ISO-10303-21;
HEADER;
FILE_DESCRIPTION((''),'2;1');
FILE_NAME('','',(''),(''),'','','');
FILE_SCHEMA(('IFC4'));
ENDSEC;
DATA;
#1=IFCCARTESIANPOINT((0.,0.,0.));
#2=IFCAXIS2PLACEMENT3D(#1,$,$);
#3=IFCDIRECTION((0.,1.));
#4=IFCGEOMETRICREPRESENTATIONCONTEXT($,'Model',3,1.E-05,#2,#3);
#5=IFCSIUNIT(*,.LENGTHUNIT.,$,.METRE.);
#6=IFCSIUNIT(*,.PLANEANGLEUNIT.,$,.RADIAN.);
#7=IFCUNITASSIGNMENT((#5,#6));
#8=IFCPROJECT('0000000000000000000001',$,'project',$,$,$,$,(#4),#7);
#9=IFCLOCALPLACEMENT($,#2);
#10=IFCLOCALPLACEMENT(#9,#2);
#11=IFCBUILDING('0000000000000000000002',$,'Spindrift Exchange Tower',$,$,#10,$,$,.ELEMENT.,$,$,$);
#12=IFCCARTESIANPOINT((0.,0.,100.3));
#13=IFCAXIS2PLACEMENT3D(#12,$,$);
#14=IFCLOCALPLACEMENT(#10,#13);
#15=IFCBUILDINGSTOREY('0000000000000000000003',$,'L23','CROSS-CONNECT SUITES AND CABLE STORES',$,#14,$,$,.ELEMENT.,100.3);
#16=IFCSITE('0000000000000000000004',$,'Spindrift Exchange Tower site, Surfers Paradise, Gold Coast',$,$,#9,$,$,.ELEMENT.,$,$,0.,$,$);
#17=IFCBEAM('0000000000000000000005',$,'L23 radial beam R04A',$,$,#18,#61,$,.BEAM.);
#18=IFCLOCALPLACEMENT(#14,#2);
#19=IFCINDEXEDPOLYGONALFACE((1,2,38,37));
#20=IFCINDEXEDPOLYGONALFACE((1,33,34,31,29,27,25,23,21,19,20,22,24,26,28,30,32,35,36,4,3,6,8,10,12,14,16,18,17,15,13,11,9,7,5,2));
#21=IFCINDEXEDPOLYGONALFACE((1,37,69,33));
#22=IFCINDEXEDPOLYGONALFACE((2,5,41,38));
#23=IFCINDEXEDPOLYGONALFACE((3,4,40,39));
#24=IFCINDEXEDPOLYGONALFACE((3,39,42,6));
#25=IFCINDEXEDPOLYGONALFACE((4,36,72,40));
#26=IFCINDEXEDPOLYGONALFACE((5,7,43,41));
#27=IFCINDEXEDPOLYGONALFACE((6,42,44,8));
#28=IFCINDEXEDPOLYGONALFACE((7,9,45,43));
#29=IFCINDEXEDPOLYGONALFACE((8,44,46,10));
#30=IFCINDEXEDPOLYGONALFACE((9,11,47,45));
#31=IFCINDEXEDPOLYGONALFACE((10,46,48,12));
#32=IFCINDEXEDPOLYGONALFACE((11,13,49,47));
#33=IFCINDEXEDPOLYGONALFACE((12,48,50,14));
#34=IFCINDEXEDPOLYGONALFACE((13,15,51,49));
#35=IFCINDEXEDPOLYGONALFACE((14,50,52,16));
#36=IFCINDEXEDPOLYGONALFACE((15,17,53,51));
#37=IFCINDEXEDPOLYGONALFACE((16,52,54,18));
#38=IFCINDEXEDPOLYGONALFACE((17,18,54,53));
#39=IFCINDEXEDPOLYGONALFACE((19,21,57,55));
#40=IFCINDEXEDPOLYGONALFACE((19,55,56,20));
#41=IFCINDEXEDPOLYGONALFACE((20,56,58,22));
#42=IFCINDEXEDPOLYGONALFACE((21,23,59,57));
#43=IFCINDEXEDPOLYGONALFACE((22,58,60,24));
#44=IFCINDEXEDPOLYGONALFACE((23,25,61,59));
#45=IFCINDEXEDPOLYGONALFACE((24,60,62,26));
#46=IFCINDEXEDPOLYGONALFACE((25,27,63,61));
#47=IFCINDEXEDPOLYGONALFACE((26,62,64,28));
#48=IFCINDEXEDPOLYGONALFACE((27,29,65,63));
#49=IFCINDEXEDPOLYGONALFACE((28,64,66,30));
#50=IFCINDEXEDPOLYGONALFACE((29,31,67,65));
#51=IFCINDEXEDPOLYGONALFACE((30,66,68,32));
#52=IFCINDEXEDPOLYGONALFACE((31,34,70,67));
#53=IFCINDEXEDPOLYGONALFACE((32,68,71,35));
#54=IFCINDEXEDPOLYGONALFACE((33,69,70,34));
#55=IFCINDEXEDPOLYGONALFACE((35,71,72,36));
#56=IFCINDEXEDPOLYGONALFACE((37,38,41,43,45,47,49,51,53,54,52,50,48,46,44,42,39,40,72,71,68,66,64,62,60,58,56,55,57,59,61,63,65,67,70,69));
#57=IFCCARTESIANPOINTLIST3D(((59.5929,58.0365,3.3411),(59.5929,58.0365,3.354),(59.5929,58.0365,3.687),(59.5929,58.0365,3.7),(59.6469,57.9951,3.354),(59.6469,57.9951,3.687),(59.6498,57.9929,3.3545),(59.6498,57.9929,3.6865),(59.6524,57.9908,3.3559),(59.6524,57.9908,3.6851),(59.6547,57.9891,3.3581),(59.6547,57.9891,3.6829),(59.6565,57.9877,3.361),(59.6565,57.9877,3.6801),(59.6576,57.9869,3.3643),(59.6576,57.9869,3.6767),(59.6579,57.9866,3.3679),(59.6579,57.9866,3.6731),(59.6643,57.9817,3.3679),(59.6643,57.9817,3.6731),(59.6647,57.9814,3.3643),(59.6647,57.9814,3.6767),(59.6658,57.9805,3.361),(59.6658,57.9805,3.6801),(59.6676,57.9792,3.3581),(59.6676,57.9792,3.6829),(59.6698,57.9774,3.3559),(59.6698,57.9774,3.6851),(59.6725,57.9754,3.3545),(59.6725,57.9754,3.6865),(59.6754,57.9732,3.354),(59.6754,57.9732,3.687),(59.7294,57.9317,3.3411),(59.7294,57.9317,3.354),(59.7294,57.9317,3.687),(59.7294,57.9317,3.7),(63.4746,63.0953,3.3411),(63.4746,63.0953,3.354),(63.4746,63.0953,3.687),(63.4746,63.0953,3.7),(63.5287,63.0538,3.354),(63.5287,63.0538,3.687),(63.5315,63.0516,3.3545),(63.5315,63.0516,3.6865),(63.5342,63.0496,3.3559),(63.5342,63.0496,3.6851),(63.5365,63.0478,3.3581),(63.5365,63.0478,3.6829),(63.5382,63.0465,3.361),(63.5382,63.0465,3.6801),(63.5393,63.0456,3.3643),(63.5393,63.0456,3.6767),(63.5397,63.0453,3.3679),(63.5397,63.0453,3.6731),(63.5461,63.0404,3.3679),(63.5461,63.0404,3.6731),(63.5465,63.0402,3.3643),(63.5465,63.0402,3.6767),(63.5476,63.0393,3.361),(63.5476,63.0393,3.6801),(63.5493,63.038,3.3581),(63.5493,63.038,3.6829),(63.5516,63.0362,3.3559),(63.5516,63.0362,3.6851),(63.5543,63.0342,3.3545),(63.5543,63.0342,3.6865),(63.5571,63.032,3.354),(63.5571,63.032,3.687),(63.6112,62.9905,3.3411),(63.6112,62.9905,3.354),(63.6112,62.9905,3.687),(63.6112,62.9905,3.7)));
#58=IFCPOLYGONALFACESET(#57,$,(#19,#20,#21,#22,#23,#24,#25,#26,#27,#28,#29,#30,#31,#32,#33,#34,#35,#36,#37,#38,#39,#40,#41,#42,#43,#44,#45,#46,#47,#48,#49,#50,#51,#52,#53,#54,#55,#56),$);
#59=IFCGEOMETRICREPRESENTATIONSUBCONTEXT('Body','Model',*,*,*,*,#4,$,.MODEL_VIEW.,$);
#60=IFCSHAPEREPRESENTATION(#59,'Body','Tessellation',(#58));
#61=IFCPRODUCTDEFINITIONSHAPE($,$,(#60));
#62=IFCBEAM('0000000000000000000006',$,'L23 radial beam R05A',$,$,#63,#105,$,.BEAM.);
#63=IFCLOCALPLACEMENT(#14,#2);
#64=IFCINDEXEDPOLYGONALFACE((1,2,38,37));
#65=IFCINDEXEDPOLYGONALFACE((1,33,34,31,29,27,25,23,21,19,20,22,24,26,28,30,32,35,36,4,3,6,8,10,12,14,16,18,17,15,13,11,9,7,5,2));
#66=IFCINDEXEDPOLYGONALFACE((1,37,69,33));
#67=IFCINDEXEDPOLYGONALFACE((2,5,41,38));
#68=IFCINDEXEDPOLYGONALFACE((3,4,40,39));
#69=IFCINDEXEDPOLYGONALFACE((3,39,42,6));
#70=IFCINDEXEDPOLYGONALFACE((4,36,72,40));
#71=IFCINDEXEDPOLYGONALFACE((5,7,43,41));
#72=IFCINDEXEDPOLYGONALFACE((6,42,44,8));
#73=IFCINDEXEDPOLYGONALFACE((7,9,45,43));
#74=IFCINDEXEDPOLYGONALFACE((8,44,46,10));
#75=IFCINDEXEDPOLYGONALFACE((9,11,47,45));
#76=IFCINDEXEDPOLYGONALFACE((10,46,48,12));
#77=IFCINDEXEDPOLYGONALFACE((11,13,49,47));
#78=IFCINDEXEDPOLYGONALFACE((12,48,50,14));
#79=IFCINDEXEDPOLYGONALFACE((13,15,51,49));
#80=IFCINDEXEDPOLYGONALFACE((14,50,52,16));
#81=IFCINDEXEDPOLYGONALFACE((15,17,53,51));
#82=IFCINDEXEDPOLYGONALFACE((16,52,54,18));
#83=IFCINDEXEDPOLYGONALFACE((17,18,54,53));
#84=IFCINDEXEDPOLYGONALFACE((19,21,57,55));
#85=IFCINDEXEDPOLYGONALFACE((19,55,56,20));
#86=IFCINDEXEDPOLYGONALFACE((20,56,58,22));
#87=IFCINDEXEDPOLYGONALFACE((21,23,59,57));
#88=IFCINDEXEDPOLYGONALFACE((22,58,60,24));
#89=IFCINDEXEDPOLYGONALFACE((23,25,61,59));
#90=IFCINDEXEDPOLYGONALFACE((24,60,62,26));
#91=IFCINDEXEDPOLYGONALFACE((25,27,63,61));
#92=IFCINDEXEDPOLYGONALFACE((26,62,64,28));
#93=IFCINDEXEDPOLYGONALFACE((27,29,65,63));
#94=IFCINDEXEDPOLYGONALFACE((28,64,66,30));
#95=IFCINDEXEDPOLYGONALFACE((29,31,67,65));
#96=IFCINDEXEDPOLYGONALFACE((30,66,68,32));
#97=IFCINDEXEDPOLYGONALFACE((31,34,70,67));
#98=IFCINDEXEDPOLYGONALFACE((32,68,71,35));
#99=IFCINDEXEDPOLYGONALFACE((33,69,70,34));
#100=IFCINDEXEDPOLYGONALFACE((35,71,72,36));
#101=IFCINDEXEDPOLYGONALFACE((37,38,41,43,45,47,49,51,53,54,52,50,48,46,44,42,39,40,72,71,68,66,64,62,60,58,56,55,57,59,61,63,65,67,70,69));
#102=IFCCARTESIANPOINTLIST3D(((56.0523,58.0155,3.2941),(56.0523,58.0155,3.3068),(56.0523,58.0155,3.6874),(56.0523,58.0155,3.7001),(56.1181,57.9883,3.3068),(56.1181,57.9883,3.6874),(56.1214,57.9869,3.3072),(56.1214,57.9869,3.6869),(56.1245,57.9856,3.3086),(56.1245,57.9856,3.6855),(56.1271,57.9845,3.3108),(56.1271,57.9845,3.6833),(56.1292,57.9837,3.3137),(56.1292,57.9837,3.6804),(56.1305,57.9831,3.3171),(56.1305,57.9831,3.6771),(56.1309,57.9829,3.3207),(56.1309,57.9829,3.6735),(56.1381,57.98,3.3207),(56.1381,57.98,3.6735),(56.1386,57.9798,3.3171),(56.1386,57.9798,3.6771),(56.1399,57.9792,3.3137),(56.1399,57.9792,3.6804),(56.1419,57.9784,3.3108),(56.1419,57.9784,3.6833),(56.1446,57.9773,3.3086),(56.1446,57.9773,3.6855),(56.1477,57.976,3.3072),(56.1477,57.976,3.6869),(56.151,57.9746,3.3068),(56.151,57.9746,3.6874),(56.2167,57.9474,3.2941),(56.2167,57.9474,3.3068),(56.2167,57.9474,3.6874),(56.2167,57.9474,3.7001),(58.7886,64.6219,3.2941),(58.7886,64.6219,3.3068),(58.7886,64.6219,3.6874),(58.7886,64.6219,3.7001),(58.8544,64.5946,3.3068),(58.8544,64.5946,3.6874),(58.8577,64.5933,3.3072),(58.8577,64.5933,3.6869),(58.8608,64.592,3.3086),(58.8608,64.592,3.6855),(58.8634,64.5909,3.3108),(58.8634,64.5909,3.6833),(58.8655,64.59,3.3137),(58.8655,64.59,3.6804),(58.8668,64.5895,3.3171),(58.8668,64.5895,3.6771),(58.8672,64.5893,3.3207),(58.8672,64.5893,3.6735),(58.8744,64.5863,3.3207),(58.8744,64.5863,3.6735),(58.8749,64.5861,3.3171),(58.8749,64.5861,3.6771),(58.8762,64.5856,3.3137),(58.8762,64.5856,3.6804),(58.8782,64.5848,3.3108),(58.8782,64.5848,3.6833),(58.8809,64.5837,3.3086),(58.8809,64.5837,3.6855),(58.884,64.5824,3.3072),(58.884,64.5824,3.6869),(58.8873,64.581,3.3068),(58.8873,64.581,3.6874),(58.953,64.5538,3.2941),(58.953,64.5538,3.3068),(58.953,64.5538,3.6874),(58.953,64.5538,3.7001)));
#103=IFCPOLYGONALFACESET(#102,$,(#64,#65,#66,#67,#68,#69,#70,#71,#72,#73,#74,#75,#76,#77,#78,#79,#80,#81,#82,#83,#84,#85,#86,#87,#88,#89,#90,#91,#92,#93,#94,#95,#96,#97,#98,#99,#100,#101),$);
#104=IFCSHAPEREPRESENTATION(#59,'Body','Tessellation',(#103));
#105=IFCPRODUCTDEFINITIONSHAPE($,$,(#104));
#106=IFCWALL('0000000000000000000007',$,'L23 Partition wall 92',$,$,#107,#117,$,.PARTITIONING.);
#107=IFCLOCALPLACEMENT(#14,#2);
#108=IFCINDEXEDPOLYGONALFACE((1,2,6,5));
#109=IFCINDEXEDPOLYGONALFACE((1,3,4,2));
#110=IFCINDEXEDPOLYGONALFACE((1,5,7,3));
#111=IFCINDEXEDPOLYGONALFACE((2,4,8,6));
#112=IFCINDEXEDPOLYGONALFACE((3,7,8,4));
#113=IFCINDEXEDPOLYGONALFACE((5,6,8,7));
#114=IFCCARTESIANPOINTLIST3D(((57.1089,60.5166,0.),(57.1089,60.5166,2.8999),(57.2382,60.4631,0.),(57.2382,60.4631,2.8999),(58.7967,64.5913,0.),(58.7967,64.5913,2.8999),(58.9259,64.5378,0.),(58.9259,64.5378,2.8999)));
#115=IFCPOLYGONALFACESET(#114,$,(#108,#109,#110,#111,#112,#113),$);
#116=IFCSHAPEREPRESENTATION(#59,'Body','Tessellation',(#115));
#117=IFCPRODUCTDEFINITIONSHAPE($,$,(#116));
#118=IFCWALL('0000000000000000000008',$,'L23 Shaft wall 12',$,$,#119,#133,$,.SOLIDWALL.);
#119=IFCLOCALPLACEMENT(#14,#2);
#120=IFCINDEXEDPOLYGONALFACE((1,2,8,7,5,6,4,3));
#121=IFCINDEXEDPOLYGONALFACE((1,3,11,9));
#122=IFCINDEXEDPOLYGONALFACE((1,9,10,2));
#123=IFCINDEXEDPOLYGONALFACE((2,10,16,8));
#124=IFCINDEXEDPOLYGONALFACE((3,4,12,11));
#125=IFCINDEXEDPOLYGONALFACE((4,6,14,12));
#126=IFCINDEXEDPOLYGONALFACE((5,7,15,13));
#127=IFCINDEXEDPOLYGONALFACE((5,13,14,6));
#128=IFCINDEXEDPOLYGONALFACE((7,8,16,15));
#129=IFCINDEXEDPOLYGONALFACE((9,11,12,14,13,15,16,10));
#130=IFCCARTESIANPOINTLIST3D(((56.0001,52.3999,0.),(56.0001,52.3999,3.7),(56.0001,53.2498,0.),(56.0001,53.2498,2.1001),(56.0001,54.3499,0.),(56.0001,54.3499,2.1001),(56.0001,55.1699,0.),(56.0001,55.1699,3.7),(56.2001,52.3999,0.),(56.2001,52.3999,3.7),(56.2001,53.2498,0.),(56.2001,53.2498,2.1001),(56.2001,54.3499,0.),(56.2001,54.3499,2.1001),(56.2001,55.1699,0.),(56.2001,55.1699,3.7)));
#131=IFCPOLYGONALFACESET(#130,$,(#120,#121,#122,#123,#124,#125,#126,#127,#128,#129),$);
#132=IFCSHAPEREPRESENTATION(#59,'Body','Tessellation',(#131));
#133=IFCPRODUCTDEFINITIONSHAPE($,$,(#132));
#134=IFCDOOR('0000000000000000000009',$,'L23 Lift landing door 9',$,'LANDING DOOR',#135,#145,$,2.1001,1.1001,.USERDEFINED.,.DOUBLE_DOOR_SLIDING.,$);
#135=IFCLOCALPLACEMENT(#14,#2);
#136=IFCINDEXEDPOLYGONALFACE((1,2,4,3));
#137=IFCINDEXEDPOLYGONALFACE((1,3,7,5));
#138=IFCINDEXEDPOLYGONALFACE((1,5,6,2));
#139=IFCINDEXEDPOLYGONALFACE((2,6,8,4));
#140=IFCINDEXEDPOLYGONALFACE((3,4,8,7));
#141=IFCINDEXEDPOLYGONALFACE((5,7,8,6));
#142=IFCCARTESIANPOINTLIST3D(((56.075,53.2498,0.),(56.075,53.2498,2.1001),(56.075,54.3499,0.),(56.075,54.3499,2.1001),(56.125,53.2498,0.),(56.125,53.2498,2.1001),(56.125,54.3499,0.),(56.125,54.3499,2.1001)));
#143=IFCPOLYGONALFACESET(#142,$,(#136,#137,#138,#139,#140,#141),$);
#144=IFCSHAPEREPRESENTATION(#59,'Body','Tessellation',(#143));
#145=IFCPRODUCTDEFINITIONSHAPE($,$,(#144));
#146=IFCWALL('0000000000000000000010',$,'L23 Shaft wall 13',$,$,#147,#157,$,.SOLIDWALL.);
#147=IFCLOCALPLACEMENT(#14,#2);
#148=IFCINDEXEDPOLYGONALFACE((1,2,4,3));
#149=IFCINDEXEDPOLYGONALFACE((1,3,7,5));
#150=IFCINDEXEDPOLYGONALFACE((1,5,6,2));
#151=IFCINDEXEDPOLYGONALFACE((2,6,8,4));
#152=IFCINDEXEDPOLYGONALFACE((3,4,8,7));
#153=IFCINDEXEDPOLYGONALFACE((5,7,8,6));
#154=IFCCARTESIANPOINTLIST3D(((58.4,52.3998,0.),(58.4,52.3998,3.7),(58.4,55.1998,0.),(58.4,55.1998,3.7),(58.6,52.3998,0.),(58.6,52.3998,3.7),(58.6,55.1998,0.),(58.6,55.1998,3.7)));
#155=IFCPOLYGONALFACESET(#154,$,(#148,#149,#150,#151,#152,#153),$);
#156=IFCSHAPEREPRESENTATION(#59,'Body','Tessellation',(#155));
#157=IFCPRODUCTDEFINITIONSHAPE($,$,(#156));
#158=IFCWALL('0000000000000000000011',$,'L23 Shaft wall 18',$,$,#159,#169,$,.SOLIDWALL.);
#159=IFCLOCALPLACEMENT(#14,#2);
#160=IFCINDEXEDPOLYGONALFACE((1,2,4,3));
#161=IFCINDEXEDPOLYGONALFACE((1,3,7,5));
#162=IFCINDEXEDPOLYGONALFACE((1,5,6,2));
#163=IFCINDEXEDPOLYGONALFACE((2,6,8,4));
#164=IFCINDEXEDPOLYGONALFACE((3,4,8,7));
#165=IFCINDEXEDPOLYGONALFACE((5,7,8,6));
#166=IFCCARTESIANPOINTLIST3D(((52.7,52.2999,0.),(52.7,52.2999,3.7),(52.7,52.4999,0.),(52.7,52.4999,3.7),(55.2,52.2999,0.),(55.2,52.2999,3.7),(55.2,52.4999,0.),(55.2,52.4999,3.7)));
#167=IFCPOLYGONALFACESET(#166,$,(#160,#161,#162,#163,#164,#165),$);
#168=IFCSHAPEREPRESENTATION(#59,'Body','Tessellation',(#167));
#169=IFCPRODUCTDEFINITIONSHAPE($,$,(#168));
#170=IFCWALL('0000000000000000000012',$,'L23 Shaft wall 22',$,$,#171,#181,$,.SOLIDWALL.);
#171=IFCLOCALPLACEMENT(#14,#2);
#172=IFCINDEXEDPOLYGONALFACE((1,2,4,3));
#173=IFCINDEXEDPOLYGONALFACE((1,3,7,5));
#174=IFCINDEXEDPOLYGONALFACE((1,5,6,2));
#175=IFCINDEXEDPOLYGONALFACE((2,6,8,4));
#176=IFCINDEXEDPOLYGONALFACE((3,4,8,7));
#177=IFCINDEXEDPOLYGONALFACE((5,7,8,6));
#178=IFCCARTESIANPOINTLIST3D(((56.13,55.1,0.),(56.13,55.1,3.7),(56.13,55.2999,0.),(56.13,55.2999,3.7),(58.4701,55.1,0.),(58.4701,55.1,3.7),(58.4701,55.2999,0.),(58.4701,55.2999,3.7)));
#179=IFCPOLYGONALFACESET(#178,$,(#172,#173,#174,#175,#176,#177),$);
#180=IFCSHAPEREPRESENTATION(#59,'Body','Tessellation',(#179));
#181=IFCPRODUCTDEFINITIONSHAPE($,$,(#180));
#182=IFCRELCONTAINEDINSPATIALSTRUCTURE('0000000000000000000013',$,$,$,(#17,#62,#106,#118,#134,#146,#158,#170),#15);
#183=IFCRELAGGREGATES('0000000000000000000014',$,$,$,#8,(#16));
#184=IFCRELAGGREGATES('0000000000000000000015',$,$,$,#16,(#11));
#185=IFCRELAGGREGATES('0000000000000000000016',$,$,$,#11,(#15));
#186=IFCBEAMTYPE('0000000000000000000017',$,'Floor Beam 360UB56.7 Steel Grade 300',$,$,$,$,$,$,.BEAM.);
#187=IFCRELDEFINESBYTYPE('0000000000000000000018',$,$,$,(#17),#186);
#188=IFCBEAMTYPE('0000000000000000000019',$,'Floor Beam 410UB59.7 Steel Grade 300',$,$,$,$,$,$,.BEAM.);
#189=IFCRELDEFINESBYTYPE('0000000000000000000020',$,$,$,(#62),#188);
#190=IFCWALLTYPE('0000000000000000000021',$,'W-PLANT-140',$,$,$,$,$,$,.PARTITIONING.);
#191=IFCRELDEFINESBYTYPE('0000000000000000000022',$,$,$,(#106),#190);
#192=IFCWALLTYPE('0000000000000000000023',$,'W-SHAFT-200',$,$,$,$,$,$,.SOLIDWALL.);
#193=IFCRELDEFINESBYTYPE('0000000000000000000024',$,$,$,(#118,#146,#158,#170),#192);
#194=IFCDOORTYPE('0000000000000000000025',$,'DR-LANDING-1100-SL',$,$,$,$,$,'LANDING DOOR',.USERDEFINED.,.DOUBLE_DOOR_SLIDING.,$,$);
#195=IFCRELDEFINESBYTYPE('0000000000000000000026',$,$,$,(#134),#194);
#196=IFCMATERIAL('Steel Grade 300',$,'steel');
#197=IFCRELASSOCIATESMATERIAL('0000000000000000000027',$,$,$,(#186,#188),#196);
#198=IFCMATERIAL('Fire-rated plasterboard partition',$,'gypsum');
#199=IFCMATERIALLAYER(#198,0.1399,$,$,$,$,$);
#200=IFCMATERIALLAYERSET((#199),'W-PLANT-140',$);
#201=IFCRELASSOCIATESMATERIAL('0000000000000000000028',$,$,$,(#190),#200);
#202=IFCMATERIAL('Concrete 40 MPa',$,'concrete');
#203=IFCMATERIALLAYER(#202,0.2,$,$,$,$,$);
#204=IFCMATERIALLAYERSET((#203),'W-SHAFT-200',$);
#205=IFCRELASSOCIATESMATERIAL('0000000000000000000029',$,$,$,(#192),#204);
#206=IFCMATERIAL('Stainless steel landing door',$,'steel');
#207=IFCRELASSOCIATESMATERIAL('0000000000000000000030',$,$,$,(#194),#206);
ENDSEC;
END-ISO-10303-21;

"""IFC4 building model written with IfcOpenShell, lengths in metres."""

from ifc_helpers import new_model, si_unit, direction, frame, frame_2d, origin, origin_2d, place, context, subcontext, project, spatial, rectangle, i_section, extrude, source, transform, mapped, material, layer, layer_set, material_profile, profile_set, type_object, element, fill, save


model = new_model("IFC4")

# Units and contexts
model_context = context("Model", 3, precision=1e-05, world=origin(), true_north=direction((0.0, 1.0)))
body_context = subcontext(model_context, "Body", "Model", "MODEL_VIEW")
ifc_project = project(units=[si_unit("LENGTHUNIT", "METRE"), si_unit("PLANEANGLEUNIT", "RADIAN")], contexts=[model_context])

# Site, building, storey
site_placement = place(None, origin())
site = spatial("IfcSite", under=ifc_project, at=site_placement, Name="Spindrift Exchange Tower site, Surfers Paradise, Gold Coast", CompositionType="ELEMENT", RefElevation=0.0)
building_placement = place(site_placement, origin())
building = spatial("IfcBuilding", under=site, at=building_placement, Name="Spindrift Exchange Tower", CompositionType="ELEMENT")
storey_placement = place(building_placement, frame((0.0, 0.0, 100.3)))
storey = spatial("IfcBuildingStorey", under=building, at=storey_placement, Name="L23", Description="CROSS-CONNECT SUITES AND CABLE STORES", CompositionType="ELEMENT", Elevation=100.3)

# Beams
ifc_material_1 = material(Name="Steel Grade 300", Category="steel")
ifc_material_profile_1 = material_profile(ifc_material_1, i_section(OverallWidth=0.1721, OverallDepth=0.3589, WebThickness=0.0081, FlangeThickness=0.0129, FilletRadius=0.0139, at=origin_2d()), Name="360UB56.7")
ifc_profile_set_1 = profile_set([ifc_material_profile_1], Name="Steel Grade 300")
beam_type_1 = type_object("IfcBeamType", Name="Floor Beam 360UB56.7 Steel Grade 300", PredefinedType="BEAM", material=ifc_profile_set_1)
shared_shape_1 = source(origin(), body_context, "Body", "SweptSolid", [
    extrude(i_section(OverallWidth=0.1721, OverallDepth=0.3589, WebThickness=0.0081, FlangeThickness=0.0129, FilletRadius=0.0139, at=origin_2d()), origin(), (0.0, 0.0, 1.0), 6.3765),
])
beam_1_placement = place(storey_placement, frame((59.6611, 57.9841, 3.5205), z_axis=(0.608767, 0.793349, 0.0), x_axis=(-0.793349, 0.608767, 0.0)))
element("IfcBeam", 1, at=beam_1_placement, inside=storey, type_object=beam_type_1, Name="L23 radial beam R04A", PredefinedType="BEAM", context=body_context, shape_type="MappedRepresentation", body=[
    mapped(shared_shape_1, transform((0.0, 0.0, 0.0), scale=1.0)),
])
ifc_material_profile_2 = material_profile(ifc_material_1, i_section(OverallWidth=0.178, OverallDepth=0.406, WebThickness=0.0078, FlangeThickness=0.0127, FilletRadius=0.0139, at=origin_2d()), Name="410UB59.7")
ifc_profile_set_2 = profile_set([ifc_material_profile_2], Name="Steel Grade 300")
beam_type_2 = type_object("IfcBeamType", Name="Floor Beam 410UB59.7 Steel Grade 300", PredefinedType="BEAM", material=ifc_profile_set_2)
shared_shape_2 = source(origin(), body_context, "Body", "SweptSolid", [
    extrude(i_section(OverallWidth=0.178, OverallDepth=0.406, WebThickness=0.0078, FlangeThickness=0.0127, FilletRadius=0.0139, at=origin_2d()), origin(), (0.0, 0.0, 1.0), 7.1506),
])
beam_2_placement = place(storey_placement, frame((56.1345, 57.9814, 3.4971), z_axis=(0.382665, 0.923887, 0.0), x_axis=(-0.923887, 0.382665, 0.0)))
element("IfcBeam", 2, at=beam_2_placement, inside=storey, type_object=beam_type_2, Name="L23 radial beam R05A", PredefinedType="BEAM", context=body_context, shape_type="MappedRepresentation", body=[
    mapped(shared_shape_2, transform((0.0, 0.0, 0.0), scale=1.0)),
])

# Wall
ifc_material_2 = material(Name="Fire-rated plasterboard partition", Category="gypsum")
ifc_layer_1 = layer(ifc_material_2, 0.1399)
ifc_layer_set_1 = layer_set([ifc_layer_1], Name="W-PLANT-140")
wall_type_1 = type_object("IfcWallType", Name="W-PLANT-140", PredefinedType="PARTITIONING", material=ifc_layer_set_1)
wall_1_placement = place(storey_placement, frame((57.1736, 60.49, 0.0), z_axis=(0.0, 0.0, 1.0), x_axis=(0.382673, 0.923884, 0.0)))
element("IfcWall", 3, at=wall_1_placement, inside=storey, type_object=wall_type_1, Name="L23 Partition wall 92", PredefinedType="PARTITIONING", context=body_context, shape_type="SweptSolid", body=[
    extrude(rectangle(XDim=4.4104, YDim=0.1399, at=frame_2d((2.2051, 0.0))), origin(), (0.0, 0.0, 1.0), 2.8999),
])

# Wall, opening, door
ifc_material_3 = material(Name="Concrete 40 MPa", Category="concrete")
ifc_layer_2 = layer(ifc_material_3, 0.2)
ifc_layer_set_2 = layer_set([ifc_layer_2], Name="W-SHAFT-200")
wall_type_2 = type_object("IfcWallType", Name="W-SHAFT-200", PredefinedType="SOLIDWALL", material=ifc_layer_set_2)
wall_2_placement = place(storey_placement, frame((56.1001, 55.1699, 0.0), z_axis=(0.0, 0.0, 1.0), x_axis=(0.0, -1.0, 0.0)))
wall_2 = element("IfcWall", 4, at=wall_2_placement, inside=storey, type_object=wall_type_2, Name="L23 Shaft wall 12", PredefinedType="SOLIDWALL", context=body_context, shape_type="SweptSolid", body=[
    extrude(rectangle(XDim=2.77, YDim=0.2, at=frame_2d((1.385, 0.0))), origin(), (0.0, 0.0, 1.0), 3.7),
])
opening_1_placement = place(wall_2_placement, frame((0.8201, 0.0, 0.0)))
opening_1 = element("IfcOpeningElement", 5, at=opening_1_placement, cuts=wall_2, PredefinedType="OPENING", context=body_context, shape_type="SweptSolid", body=[
    extrude(rectangle(XDim=1.1001, YDim=2.1001, at=frame_2d((0.55, 1.05))), frame((0.0, 0.1099, 0.0), z_axis=(0.0, -1.0, 0.0), x_axis=(1.0, 0.0, 0.0)), (0.0, 0.0, 1.0), 0.22),
])
ifc_material_4 = material(Name="Stainless steel landing door", Category="steel")
door_type_1 = type_object("IfcDoorType", Name="DR-LANDING-1100-SL", ElementType="LANDING DOOR", OperationType="DOUBLE_DOOR_SLIDING", PredefinedType="USERDEFINED", material=ifc_material_4)
shared_shape_3 = source(origin(), body_context, "Body", "SweptSolid", [
    extrude(rectangle(XDim=1.1001, YDim=2.1001, at=frame_2d((0.55, 1.05))), frame((0.0, 0.0249, 0.0), z_axis=(0.0, -1.0, 0.0), x_axis=(1.0, 0.0, 0.0)), (0.0, 0.0, 1.0), 0.05),
])
door_1_placement = place(opening_1_placement, origin())
door_1 = element("IfcDoor", 6, at=door_1_placement, inside=storey, type_object=door_type_1, Name="L23 Lift landing door 9", ObjectType="LANDING DOOR", OperationType="DOUBLE_DOOR_SLIDING", OverallHeight=2.1001, OverallWidth=1.1001, PredefinedType="USERDEFINED", context=body_context, shape_type="MappedRepresentation", body=[
    mapped(shared_shape_3, transform((0.0, 0.0, 0.0), scale=1.0)),
])
fill(opening_1, door_1)

# Walls
wall_3_placement = place(storey_placement, frame((58.5, 52.3999, 0.0), z_axis=(0.0, 0.0, 1.0), x_axis=(0.0, 1.0, 0.0)))
element("IfcWall", 7, at=wall_3_placement, inside=storey, type_object=wall_type_2, Name="L23 Shaft wall 13", PredefinedType="SOLIDWALL", context=body_context, shape_type="SweptSolid", body=[
    extrude(rectangle(XDim=2.8, YDim=0.2, at=frame_2d((1.3999, 0.0))), origin(), (0.0, 0.0, 1.0), 3.7),
])
wall_4_placement = place(storey_placement, frame((55.2, 52.3999, 0.0), z_axis=(0.0, 0.0, 1.0), x_axis=(-1.0, 0.0, 0.0)))
element("IfcWall", 8, at=wall_4_placement, inside=storey, type_object=wall_type_2, Name="L23 Shaft wall 18", PredefinedType="SOLIDWALL", context=body_context, shape_type="SweptSolid", body=[
    extrude(rectangle(XDim=2.5, YDim=0.2, at=frame_2d((1.25, 0.0))), origin(), (0.0, 0.0, 1.0), 3.7),
])
wall_5_placement = place(storey_placement, frame((58.47, 55.2, 0.0), z_axis=(0.0, 0.0, 1.0), x_axis=(-1.0, 0.0, 0.0)))
element("IfcWall", 9, at=wall_5_placement, inside=storey, type_object=wall_type_2, Name="L23 Shaft wall 22", PredefinedType="SOLIDWALL", context=body_context, shape_type="SweptSolid", body=[
    extrude(rectangle(XDim=2.3401, YDim=0.2, at=frame_2d((1.1699, 0.0))), origin(), (0.0, 0.0, 1.0), 3.7),
])

save(model, "model.ifc")
